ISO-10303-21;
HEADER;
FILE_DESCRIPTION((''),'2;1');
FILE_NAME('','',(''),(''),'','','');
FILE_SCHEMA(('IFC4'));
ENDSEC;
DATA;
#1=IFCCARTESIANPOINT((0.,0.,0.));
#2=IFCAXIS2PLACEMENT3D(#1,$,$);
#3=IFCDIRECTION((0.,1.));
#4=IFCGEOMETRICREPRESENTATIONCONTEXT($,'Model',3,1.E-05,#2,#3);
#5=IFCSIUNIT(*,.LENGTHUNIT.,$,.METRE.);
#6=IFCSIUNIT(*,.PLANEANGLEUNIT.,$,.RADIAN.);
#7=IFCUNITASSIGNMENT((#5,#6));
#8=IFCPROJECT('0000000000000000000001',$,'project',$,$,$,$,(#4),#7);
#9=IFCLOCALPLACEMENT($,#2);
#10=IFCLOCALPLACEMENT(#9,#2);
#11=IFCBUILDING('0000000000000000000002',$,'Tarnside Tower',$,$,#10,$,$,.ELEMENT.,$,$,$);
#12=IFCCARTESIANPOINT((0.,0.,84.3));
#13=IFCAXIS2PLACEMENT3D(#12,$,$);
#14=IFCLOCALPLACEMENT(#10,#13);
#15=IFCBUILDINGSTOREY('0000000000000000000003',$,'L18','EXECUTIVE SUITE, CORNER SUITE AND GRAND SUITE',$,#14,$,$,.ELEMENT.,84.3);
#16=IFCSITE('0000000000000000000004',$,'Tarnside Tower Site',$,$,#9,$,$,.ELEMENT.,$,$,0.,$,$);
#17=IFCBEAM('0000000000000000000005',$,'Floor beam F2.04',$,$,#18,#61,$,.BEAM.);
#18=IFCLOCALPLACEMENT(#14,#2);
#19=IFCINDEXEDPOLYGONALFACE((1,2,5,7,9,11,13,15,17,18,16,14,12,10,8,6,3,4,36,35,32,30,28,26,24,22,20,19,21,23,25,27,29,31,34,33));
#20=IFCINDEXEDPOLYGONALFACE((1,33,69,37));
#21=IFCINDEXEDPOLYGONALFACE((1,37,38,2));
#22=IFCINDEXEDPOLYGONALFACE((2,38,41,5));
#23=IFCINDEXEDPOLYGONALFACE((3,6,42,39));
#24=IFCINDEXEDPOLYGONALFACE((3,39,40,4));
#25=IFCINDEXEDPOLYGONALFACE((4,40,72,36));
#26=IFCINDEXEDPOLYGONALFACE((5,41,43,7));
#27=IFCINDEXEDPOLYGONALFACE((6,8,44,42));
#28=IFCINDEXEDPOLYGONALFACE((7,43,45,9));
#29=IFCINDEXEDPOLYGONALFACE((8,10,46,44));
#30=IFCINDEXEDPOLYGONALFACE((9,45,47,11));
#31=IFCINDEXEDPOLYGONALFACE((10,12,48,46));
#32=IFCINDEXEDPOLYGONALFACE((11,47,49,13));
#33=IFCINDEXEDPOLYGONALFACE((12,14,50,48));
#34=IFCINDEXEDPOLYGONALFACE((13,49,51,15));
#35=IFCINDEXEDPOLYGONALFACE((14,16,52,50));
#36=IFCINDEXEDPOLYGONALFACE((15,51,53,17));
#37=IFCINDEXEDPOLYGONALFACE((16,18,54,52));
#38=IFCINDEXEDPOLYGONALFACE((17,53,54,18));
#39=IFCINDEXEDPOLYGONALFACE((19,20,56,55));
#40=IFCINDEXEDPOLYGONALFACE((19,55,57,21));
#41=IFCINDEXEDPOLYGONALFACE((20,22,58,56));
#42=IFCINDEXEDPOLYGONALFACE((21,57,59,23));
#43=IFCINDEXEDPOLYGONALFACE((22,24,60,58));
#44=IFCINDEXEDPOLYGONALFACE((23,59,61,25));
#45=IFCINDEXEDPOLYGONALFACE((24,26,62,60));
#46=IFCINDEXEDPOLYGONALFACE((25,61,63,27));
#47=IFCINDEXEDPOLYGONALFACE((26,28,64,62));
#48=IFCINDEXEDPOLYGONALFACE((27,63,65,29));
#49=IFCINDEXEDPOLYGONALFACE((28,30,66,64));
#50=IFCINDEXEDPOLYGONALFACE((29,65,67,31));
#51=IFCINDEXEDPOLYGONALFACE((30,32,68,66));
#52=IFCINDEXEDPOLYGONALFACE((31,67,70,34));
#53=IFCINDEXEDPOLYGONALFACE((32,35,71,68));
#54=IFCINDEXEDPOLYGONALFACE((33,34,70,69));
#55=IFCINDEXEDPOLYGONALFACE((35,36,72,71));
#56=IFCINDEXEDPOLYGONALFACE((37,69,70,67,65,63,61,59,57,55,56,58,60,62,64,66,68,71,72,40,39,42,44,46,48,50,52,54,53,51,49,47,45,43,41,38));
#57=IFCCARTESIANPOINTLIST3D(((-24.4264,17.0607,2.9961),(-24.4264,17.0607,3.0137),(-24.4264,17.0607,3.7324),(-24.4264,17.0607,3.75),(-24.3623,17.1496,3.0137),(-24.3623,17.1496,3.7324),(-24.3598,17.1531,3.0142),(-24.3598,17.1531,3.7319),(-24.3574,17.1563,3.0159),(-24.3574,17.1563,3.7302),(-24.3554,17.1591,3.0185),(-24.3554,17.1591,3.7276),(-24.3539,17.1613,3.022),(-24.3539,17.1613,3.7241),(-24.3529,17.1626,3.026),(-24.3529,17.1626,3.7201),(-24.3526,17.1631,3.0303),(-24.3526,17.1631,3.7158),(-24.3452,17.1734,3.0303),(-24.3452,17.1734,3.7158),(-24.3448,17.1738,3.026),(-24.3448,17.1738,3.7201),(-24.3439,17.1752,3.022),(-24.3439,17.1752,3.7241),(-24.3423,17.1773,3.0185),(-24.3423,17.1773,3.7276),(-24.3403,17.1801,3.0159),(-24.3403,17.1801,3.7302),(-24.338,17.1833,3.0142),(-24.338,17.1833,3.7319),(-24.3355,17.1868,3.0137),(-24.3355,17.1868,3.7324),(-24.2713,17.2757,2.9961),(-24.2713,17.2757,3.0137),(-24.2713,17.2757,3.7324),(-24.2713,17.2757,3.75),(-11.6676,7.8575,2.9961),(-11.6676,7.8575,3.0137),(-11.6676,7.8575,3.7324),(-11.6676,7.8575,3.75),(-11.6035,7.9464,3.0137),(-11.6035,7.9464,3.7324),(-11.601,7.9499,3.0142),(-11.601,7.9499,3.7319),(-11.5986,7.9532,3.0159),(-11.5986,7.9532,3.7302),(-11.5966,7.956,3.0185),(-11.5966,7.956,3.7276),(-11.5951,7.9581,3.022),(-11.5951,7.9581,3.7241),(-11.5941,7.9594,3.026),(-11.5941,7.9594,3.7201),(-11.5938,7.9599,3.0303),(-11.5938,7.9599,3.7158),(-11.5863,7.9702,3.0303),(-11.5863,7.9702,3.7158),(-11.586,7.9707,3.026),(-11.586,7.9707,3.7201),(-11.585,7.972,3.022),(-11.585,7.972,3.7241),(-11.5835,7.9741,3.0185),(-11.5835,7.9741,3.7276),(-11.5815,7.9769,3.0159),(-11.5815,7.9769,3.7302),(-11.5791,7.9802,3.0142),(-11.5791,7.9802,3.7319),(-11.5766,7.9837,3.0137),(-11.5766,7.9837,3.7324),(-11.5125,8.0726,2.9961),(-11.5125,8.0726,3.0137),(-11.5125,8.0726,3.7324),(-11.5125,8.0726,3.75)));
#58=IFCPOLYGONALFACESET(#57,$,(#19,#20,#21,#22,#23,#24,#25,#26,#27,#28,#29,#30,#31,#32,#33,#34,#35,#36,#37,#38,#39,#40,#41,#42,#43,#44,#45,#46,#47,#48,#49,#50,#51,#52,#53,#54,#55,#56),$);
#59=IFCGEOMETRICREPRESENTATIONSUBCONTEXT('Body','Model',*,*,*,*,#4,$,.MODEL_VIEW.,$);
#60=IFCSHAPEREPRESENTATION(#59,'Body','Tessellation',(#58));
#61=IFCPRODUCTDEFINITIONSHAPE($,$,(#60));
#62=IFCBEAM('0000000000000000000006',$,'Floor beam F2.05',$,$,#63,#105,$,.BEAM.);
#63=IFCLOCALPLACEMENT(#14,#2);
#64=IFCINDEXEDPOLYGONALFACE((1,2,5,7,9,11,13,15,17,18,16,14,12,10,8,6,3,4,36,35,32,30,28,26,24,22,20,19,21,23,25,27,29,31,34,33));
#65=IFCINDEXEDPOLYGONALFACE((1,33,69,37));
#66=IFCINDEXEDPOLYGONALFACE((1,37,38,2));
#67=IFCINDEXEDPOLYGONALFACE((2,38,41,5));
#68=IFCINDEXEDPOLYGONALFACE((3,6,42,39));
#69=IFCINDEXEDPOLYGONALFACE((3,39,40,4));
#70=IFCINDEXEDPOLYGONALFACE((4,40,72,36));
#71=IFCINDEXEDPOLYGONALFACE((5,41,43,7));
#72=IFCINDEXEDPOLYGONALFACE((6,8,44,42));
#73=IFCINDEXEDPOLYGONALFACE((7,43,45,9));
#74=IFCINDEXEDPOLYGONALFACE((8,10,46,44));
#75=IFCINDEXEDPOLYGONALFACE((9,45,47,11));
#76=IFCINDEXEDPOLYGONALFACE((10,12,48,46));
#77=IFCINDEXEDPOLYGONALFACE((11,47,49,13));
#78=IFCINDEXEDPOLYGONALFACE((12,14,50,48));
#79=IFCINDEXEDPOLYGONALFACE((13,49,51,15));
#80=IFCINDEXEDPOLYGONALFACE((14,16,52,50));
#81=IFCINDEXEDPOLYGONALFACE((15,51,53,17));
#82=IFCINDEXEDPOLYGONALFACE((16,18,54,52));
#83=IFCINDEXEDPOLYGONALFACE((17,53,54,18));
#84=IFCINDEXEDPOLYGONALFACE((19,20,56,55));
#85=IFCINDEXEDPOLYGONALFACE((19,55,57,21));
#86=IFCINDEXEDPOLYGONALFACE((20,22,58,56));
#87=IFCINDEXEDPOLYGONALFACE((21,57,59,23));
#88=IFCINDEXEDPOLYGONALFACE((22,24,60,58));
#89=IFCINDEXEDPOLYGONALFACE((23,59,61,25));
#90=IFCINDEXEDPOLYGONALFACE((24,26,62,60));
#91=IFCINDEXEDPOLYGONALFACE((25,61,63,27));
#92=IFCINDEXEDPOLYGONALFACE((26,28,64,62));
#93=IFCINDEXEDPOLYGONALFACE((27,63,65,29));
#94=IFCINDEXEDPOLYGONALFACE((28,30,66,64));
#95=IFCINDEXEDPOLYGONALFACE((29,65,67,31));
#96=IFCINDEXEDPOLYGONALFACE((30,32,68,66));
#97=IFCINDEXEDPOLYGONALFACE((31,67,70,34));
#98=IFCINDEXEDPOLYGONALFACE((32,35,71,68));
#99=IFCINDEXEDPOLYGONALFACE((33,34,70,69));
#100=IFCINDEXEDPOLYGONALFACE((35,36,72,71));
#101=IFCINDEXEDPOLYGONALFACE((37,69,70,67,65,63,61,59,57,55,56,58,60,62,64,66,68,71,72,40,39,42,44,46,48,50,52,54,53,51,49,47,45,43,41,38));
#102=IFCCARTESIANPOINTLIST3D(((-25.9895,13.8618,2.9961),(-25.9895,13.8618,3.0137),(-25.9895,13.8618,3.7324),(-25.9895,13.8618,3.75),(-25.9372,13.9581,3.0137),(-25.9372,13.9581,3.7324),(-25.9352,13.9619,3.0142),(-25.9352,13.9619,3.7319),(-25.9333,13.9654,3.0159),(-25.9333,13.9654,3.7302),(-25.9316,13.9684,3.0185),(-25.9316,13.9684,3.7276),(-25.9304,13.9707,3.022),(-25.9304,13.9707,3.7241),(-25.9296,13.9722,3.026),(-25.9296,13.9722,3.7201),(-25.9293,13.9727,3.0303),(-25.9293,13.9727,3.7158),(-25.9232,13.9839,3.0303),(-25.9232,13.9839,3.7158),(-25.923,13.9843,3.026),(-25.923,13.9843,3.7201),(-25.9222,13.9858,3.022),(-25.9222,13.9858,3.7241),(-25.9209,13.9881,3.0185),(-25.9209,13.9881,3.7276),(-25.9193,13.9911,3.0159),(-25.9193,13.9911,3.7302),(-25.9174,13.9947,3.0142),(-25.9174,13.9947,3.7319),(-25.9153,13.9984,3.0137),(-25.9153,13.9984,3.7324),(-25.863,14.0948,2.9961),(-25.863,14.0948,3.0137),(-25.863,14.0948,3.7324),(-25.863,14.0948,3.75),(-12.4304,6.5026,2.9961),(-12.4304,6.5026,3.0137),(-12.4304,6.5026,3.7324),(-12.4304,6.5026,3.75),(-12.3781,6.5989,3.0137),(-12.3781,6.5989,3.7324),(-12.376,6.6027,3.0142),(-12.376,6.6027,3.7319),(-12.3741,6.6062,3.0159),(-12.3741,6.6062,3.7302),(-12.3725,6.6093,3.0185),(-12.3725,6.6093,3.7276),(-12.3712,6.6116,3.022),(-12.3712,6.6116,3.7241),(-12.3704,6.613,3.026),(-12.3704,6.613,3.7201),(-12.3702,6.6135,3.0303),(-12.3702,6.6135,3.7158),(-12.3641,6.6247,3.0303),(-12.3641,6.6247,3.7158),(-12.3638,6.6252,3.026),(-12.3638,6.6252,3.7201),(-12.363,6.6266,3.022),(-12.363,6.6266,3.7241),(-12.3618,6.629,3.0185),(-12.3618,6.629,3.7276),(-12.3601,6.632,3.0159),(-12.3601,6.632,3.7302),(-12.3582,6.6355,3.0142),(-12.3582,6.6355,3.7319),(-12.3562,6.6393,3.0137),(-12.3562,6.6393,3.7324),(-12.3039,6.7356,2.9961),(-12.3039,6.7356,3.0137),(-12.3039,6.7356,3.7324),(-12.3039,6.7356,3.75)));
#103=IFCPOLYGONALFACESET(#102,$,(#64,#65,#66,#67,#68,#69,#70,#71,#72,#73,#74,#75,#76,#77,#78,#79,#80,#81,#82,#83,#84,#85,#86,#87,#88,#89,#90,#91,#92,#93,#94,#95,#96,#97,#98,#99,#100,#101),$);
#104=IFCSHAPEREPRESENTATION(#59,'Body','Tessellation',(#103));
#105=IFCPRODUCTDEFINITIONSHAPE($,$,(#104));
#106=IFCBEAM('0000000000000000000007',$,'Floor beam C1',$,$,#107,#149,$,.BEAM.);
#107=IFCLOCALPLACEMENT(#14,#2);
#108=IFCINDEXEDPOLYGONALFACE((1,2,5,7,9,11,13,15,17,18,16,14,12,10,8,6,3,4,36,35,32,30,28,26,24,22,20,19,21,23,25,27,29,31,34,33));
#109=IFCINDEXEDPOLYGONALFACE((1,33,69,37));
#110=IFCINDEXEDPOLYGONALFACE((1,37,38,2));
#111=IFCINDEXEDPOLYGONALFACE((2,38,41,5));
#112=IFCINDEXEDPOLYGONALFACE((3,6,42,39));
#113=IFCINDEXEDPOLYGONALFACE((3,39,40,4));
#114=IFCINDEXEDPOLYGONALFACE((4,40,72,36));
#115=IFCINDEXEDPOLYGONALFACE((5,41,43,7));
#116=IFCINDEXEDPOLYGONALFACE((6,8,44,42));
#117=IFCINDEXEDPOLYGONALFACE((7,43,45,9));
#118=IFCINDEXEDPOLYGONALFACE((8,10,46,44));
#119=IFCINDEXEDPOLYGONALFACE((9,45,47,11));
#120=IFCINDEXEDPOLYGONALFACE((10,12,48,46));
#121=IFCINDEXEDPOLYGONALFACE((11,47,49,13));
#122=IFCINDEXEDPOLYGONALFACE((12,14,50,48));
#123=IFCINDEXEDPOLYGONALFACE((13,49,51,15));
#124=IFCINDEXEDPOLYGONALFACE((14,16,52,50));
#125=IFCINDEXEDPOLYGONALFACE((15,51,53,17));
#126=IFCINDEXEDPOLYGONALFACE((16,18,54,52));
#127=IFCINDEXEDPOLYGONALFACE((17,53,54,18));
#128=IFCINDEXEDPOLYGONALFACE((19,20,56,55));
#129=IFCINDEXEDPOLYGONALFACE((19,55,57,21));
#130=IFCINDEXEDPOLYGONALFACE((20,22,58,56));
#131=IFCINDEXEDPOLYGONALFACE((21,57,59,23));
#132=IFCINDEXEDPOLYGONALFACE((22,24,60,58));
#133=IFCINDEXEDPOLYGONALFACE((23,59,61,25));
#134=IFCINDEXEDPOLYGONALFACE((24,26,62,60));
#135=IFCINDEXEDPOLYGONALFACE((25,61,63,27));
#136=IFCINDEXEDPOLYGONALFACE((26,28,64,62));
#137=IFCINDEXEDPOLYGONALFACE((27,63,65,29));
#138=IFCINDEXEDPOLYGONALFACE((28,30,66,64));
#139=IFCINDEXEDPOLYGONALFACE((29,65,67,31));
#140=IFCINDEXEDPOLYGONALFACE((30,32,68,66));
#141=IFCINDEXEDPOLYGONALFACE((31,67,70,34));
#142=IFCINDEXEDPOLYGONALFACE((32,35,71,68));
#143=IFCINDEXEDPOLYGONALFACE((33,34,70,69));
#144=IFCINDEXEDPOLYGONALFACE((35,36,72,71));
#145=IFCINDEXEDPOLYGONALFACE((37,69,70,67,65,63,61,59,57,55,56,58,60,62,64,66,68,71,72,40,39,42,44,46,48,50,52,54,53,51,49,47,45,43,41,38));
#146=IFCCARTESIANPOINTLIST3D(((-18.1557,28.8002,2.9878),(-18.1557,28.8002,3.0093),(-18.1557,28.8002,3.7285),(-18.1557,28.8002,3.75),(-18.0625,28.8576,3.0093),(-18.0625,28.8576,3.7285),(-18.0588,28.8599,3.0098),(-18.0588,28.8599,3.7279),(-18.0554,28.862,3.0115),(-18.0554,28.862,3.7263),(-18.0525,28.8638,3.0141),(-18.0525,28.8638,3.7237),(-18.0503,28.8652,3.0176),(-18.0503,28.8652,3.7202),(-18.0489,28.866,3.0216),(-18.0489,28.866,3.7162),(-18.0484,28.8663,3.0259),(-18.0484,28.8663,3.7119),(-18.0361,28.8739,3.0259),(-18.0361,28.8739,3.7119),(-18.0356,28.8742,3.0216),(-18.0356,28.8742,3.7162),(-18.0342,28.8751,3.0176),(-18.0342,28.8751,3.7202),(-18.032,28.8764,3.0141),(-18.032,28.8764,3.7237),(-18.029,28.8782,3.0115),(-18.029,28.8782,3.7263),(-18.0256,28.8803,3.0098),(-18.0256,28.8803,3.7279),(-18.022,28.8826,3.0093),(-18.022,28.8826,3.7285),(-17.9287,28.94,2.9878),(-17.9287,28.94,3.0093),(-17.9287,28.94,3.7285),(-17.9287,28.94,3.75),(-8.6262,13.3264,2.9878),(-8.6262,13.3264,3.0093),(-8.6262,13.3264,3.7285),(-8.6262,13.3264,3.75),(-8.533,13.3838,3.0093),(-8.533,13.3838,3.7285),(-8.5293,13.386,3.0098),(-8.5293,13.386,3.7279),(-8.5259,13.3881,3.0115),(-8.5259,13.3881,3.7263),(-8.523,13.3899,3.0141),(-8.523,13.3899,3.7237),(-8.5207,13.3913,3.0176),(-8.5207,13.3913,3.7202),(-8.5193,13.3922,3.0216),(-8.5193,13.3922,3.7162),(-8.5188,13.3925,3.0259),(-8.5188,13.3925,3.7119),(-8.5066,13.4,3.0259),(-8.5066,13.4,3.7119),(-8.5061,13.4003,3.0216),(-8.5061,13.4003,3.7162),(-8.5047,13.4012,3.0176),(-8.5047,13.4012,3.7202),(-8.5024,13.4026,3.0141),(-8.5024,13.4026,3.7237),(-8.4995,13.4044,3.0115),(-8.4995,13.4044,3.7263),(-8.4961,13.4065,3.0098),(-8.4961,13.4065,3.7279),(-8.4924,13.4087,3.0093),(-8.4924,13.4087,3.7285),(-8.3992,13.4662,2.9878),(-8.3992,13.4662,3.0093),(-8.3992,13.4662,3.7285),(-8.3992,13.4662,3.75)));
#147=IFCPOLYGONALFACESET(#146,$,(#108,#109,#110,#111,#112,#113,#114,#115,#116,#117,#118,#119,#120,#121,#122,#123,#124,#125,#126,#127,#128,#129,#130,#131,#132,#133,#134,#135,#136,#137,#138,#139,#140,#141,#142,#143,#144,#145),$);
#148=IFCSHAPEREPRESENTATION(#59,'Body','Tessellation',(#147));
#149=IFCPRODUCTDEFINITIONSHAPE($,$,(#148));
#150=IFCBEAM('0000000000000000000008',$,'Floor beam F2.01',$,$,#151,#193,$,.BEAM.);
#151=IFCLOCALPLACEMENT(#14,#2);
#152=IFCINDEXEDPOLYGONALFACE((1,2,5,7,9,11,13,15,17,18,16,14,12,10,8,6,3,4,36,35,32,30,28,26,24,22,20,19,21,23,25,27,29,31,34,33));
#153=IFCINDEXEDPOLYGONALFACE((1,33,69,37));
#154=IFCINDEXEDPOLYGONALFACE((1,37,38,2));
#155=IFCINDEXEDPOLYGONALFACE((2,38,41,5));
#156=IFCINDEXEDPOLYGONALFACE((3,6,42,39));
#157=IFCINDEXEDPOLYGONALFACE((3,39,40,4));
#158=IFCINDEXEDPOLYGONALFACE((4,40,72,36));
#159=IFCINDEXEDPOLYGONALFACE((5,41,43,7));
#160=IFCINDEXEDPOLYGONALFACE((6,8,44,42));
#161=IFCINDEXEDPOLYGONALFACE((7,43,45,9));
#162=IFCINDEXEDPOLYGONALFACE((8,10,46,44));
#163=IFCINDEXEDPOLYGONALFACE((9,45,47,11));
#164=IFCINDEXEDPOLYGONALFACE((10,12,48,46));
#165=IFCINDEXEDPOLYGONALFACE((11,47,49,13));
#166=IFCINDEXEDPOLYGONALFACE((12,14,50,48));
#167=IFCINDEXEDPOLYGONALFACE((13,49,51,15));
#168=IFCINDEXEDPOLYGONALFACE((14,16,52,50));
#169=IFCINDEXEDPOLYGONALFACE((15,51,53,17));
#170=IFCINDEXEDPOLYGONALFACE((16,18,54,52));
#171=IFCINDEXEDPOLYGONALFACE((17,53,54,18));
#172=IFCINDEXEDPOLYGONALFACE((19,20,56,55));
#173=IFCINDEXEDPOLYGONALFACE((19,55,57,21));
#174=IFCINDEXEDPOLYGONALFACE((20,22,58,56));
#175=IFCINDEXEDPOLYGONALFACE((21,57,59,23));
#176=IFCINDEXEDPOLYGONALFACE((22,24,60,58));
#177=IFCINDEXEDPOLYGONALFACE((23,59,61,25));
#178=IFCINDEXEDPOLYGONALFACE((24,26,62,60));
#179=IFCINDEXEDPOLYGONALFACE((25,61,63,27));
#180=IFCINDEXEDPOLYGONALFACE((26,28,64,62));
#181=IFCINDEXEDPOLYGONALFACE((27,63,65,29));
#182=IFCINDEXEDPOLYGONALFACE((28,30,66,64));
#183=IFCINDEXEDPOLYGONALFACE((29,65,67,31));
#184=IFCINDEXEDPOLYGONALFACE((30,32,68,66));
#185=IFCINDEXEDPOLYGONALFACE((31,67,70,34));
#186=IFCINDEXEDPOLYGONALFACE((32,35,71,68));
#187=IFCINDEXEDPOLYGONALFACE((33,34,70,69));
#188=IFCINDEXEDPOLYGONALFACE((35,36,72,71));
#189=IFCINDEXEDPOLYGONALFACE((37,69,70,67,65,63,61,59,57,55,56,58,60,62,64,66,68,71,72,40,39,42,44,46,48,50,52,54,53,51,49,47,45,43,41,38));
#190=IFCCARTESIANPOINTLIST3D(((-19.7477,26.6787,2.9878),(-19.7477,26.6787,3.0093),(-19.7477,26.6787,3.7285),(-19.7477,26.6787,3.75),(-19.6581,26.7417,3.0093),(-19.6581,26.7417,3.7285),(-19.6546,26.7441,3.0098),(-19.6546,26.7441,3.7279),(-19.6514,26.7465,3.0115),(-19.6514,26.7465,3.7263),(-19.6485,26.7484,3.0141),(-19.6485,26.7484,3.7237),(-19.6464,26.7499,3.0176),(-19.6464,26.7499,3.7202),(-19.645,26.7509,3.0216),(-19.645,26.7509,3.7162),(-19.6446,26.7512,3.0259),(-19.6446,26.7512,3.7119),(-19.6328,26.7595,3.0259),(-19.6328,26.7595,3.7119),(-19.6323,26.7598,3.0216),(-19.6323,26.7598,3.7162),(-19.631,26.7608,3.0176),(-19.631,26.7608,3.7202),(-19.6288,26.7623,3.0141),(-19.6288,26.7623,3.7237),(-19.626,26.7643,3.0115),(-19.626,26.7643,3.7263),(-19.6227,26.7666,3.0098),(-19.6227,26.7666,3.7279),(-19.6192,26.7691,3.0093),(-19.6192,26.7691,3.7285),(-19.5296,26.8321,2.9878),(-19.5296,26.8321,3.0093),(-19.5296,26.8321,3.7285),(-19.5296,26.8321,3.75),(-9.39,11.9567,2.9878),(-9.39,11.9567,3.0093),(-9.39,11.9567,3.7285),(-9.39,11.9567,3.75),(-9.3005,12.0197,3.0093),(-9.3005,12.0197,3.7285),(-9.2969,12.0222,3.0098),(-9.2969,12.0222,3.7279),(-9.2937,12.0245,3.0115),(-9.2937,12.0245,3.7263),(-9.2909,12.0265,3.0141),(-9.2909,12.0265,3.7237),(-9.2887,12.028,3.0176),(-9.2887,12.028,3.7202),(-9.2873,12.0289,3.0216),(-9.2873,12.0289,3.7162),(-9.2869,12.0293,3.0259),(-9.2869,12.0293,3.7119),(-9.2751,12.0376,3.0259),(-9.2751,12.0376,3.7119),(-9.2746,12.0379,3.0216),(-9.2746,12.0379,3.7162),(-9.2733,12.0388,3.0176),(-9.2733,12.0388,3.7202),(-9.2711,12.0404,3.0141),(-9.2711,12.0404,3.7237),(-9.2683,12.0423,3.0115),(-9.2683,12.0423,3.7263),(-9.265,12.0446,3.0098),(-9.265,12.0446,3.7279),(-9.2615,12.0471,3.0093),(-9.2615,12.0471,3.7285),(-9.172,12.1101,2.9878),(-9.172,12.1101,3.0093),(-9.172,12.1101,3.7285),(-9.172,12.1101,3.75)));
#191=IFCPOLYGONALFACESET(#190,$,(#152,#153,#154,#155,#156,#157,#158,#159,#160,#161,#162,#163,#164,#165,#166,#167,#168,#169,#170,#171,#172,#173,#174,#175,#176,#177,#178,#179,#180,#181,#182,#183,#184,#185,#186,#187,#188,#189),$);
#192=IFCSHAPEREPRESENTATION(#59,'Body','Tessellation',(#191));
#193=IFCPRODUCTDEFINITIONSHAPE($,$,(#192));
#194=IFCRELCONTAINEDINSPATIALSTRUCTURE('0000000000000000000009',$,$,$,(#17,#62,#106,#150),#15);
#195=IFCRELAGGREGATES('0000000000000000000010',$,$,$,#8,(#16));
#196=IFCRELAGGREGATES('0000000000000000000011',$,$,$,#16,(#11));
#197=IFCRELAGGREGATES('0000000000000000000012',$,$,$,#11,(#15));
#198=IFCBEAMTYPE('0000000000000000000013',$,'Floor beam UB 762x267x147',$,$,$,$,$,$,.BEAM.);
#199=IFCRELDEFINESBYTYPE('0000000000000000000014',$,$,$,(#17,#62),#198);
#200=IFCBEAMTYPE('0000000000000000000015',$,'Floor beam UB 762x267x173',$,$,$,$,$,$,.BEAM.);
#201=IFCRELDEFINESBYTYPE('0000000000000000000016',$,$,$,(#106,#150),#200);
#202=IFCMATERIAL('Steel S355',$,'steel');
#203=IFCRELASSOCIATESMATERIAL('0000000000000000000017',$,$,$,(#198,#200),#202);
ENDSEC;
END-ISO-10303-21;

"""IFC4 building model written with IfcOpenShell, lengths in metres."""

from ifc_helpers import new_model, si_unit, direction, frame, origin, origin_2d, place, context, subcontext, project, spatial, i_section, extrude, material, material_profile, profile_set, type_object, element, save


model = new_model("IFC4")

# Units and contexts
model_context = context("Model", 3, precision=1e-05, world=origin(), true_north=direction((0.0, 1.0)))
body_context = subcontext(model_context, "Body", "Model", "MODEL_VIEW")
ifc_project = project(units=[si_unit("LENGTHUNIT", "METRE"), si_unit("PLANEANGLEUNIT", "RADIAN")], contexts=[model_context])

# Site, building, storey
site_placement = place(None, origin())
site = spatial("IfcSite", under=ifc_project, at=site_placement, Name="Tarnside Tower Site", CompositionType="ELEMENT", RefElevation=0.0)
building_placement = place(site_placement, origin())
building = spatial("IfcBuilding", under=site, at=building_placement, Name="Tarnside Tower", CompositionType="ELEMENT")
storey_placement = place(building_placement, frame((0.0, 0.0, 84.3)))
storey = spatial("IfcBuildingStorey", under=building, at=storey_placement, Name="L18", Description="EXECUTIVE SUITE, CORNER SUITE AND GRAND SUITE", CompositionType="ELEMENT", Elevation=84.3)

# Beams
ifc_material_1 = material(Name="Steel S355", Category="steel")
ifc_material_profile_1 = material_profile(ifc_material_1, i_section(OverallWidth=0.2651, OverallDepth=0.7539, WebThickness=0.0127, FlangeThickness=0.0176, FilletRadius=0.0166, at=origin_2d()), Name="UB 762x267x147")
ifc_profile_set_1 = profile_set([ifc_material_profile_1], Name="Steel S355")
beam_type_1 = type_object("IfcBeamType", Name="Floor beam UB 762x267x147", PredefinedType="BEAM", material=ifc_profile_set_1)
beam_1_placement = place(storey_placement, frame((-24.3489, 17.1682, 3.373), z_axis=(0.811028, -0.585008, 0.0), x_axis=(0.585008, 0.811028, 0.0)))
element("IfcBeam", 1, at=beam_1_placement, inside=storey, type_object=beam_type_1, Name="Floor beam F2.04", PredefinedType="BEAM", context=body_context, shape_type="SweptSolid", body=[
    extrude(i_section(OverallWidth=0.2651, OverallDepth=0.7539, WebThickness=0.0127, FlangeThickness=0.0176, FilletRadius=0.0166, at=origin_2d()), origin(), (0.0, 0.0, 1.0), 15.7317),
])
beam_2_placement = place(storey_placement, frame((-25.9263, 13.9783, 3.373), z_axis=(0.878895, -0.477016, 0.0), x_axis=(0.477016, 0.878895, 0.0)))
element("IfcBeam", 2, at=beam_2_placement, inside=storey, type_object=beam_type_1, Name="Floor beam F2.05", PredefinedType="BEAM", context=body_context, shape_type="SweptSolid", body=[
    extrude(i_section(OverallWidth=0.2651, OverallDepth=0.7539, WebThickness=0.0127, FlangeThickness=0.0176, FilletRadius=0.0166, at=origin_2d()), origin(), (0.0, 0.0, 1.0), 15.4275),
])
ifc_material_profile_2 = material_profile(ifc_material_1, i_section(OverallWidth=0.2666, OverallDepth=0.7622, WebThickness=0.0144, FlangeThickness=0.0215, FilletRadius=0.0166, at=origin_2d()), Name="UB 762x267x173")
ifc_profile_set_2 = profile_set([ifc_material_profile_2], Name="Steel S355")
beam_type_2 = type_object("IfcBeamType", Name="Floor beam UB 762x267x173", PredefinedType="BEAM", material=ifc_profile_set_2)
beam_3_placement = place(storey_placement, frame((-18.0422, 28.8701, 3.3689), z_axis=(0.524383, -0.851483, 0.0), x_axis=(0.851483, 0.524383, 0.0)))
element("IfcBeam", 3, at=beam_3_placement, inside=storey, type_object=beam_type_2, Name="Floor beam C1", PredefinedType="BEAM", context=body_context, shape_type="SweptSolid", body=[
    extrude(i_section(OverallWidth=0.2666, OverallDepth=0.7622, WebThickness=0.0144, FlangeThickness=0.0215, FilletRadius=0.0166, at=origin_2d()), origin(), (0.0, 0.0, 1.0), 18.1729),
])
beam_4_placement = place(storey_placement, frame((-19.6387, 26.7554, 3.3689), z_axis=(0.575411, -0.817864, 0.0), x_axis=(0.817864, 0.575411, 0.0)))
element("IfcBeam", 4, at=beam_4_placement, inside=storey, type_object=beam_type_2, Name="Floor beam F2.01", PredefinedType="BEAM", context=body_context, shape_type="SweptSolid", body=[
    extrude(i_section(OverallWidth=0.2666, OverallDepth=0.7622, WebThickness=0.0144, FlangeThickness=0.0215, FilletRadius=0.0166, at=origin_2d()), origin(), (0.0, 0.0, 1.0), 18.0005),
])

save(model, "model.ifc")
